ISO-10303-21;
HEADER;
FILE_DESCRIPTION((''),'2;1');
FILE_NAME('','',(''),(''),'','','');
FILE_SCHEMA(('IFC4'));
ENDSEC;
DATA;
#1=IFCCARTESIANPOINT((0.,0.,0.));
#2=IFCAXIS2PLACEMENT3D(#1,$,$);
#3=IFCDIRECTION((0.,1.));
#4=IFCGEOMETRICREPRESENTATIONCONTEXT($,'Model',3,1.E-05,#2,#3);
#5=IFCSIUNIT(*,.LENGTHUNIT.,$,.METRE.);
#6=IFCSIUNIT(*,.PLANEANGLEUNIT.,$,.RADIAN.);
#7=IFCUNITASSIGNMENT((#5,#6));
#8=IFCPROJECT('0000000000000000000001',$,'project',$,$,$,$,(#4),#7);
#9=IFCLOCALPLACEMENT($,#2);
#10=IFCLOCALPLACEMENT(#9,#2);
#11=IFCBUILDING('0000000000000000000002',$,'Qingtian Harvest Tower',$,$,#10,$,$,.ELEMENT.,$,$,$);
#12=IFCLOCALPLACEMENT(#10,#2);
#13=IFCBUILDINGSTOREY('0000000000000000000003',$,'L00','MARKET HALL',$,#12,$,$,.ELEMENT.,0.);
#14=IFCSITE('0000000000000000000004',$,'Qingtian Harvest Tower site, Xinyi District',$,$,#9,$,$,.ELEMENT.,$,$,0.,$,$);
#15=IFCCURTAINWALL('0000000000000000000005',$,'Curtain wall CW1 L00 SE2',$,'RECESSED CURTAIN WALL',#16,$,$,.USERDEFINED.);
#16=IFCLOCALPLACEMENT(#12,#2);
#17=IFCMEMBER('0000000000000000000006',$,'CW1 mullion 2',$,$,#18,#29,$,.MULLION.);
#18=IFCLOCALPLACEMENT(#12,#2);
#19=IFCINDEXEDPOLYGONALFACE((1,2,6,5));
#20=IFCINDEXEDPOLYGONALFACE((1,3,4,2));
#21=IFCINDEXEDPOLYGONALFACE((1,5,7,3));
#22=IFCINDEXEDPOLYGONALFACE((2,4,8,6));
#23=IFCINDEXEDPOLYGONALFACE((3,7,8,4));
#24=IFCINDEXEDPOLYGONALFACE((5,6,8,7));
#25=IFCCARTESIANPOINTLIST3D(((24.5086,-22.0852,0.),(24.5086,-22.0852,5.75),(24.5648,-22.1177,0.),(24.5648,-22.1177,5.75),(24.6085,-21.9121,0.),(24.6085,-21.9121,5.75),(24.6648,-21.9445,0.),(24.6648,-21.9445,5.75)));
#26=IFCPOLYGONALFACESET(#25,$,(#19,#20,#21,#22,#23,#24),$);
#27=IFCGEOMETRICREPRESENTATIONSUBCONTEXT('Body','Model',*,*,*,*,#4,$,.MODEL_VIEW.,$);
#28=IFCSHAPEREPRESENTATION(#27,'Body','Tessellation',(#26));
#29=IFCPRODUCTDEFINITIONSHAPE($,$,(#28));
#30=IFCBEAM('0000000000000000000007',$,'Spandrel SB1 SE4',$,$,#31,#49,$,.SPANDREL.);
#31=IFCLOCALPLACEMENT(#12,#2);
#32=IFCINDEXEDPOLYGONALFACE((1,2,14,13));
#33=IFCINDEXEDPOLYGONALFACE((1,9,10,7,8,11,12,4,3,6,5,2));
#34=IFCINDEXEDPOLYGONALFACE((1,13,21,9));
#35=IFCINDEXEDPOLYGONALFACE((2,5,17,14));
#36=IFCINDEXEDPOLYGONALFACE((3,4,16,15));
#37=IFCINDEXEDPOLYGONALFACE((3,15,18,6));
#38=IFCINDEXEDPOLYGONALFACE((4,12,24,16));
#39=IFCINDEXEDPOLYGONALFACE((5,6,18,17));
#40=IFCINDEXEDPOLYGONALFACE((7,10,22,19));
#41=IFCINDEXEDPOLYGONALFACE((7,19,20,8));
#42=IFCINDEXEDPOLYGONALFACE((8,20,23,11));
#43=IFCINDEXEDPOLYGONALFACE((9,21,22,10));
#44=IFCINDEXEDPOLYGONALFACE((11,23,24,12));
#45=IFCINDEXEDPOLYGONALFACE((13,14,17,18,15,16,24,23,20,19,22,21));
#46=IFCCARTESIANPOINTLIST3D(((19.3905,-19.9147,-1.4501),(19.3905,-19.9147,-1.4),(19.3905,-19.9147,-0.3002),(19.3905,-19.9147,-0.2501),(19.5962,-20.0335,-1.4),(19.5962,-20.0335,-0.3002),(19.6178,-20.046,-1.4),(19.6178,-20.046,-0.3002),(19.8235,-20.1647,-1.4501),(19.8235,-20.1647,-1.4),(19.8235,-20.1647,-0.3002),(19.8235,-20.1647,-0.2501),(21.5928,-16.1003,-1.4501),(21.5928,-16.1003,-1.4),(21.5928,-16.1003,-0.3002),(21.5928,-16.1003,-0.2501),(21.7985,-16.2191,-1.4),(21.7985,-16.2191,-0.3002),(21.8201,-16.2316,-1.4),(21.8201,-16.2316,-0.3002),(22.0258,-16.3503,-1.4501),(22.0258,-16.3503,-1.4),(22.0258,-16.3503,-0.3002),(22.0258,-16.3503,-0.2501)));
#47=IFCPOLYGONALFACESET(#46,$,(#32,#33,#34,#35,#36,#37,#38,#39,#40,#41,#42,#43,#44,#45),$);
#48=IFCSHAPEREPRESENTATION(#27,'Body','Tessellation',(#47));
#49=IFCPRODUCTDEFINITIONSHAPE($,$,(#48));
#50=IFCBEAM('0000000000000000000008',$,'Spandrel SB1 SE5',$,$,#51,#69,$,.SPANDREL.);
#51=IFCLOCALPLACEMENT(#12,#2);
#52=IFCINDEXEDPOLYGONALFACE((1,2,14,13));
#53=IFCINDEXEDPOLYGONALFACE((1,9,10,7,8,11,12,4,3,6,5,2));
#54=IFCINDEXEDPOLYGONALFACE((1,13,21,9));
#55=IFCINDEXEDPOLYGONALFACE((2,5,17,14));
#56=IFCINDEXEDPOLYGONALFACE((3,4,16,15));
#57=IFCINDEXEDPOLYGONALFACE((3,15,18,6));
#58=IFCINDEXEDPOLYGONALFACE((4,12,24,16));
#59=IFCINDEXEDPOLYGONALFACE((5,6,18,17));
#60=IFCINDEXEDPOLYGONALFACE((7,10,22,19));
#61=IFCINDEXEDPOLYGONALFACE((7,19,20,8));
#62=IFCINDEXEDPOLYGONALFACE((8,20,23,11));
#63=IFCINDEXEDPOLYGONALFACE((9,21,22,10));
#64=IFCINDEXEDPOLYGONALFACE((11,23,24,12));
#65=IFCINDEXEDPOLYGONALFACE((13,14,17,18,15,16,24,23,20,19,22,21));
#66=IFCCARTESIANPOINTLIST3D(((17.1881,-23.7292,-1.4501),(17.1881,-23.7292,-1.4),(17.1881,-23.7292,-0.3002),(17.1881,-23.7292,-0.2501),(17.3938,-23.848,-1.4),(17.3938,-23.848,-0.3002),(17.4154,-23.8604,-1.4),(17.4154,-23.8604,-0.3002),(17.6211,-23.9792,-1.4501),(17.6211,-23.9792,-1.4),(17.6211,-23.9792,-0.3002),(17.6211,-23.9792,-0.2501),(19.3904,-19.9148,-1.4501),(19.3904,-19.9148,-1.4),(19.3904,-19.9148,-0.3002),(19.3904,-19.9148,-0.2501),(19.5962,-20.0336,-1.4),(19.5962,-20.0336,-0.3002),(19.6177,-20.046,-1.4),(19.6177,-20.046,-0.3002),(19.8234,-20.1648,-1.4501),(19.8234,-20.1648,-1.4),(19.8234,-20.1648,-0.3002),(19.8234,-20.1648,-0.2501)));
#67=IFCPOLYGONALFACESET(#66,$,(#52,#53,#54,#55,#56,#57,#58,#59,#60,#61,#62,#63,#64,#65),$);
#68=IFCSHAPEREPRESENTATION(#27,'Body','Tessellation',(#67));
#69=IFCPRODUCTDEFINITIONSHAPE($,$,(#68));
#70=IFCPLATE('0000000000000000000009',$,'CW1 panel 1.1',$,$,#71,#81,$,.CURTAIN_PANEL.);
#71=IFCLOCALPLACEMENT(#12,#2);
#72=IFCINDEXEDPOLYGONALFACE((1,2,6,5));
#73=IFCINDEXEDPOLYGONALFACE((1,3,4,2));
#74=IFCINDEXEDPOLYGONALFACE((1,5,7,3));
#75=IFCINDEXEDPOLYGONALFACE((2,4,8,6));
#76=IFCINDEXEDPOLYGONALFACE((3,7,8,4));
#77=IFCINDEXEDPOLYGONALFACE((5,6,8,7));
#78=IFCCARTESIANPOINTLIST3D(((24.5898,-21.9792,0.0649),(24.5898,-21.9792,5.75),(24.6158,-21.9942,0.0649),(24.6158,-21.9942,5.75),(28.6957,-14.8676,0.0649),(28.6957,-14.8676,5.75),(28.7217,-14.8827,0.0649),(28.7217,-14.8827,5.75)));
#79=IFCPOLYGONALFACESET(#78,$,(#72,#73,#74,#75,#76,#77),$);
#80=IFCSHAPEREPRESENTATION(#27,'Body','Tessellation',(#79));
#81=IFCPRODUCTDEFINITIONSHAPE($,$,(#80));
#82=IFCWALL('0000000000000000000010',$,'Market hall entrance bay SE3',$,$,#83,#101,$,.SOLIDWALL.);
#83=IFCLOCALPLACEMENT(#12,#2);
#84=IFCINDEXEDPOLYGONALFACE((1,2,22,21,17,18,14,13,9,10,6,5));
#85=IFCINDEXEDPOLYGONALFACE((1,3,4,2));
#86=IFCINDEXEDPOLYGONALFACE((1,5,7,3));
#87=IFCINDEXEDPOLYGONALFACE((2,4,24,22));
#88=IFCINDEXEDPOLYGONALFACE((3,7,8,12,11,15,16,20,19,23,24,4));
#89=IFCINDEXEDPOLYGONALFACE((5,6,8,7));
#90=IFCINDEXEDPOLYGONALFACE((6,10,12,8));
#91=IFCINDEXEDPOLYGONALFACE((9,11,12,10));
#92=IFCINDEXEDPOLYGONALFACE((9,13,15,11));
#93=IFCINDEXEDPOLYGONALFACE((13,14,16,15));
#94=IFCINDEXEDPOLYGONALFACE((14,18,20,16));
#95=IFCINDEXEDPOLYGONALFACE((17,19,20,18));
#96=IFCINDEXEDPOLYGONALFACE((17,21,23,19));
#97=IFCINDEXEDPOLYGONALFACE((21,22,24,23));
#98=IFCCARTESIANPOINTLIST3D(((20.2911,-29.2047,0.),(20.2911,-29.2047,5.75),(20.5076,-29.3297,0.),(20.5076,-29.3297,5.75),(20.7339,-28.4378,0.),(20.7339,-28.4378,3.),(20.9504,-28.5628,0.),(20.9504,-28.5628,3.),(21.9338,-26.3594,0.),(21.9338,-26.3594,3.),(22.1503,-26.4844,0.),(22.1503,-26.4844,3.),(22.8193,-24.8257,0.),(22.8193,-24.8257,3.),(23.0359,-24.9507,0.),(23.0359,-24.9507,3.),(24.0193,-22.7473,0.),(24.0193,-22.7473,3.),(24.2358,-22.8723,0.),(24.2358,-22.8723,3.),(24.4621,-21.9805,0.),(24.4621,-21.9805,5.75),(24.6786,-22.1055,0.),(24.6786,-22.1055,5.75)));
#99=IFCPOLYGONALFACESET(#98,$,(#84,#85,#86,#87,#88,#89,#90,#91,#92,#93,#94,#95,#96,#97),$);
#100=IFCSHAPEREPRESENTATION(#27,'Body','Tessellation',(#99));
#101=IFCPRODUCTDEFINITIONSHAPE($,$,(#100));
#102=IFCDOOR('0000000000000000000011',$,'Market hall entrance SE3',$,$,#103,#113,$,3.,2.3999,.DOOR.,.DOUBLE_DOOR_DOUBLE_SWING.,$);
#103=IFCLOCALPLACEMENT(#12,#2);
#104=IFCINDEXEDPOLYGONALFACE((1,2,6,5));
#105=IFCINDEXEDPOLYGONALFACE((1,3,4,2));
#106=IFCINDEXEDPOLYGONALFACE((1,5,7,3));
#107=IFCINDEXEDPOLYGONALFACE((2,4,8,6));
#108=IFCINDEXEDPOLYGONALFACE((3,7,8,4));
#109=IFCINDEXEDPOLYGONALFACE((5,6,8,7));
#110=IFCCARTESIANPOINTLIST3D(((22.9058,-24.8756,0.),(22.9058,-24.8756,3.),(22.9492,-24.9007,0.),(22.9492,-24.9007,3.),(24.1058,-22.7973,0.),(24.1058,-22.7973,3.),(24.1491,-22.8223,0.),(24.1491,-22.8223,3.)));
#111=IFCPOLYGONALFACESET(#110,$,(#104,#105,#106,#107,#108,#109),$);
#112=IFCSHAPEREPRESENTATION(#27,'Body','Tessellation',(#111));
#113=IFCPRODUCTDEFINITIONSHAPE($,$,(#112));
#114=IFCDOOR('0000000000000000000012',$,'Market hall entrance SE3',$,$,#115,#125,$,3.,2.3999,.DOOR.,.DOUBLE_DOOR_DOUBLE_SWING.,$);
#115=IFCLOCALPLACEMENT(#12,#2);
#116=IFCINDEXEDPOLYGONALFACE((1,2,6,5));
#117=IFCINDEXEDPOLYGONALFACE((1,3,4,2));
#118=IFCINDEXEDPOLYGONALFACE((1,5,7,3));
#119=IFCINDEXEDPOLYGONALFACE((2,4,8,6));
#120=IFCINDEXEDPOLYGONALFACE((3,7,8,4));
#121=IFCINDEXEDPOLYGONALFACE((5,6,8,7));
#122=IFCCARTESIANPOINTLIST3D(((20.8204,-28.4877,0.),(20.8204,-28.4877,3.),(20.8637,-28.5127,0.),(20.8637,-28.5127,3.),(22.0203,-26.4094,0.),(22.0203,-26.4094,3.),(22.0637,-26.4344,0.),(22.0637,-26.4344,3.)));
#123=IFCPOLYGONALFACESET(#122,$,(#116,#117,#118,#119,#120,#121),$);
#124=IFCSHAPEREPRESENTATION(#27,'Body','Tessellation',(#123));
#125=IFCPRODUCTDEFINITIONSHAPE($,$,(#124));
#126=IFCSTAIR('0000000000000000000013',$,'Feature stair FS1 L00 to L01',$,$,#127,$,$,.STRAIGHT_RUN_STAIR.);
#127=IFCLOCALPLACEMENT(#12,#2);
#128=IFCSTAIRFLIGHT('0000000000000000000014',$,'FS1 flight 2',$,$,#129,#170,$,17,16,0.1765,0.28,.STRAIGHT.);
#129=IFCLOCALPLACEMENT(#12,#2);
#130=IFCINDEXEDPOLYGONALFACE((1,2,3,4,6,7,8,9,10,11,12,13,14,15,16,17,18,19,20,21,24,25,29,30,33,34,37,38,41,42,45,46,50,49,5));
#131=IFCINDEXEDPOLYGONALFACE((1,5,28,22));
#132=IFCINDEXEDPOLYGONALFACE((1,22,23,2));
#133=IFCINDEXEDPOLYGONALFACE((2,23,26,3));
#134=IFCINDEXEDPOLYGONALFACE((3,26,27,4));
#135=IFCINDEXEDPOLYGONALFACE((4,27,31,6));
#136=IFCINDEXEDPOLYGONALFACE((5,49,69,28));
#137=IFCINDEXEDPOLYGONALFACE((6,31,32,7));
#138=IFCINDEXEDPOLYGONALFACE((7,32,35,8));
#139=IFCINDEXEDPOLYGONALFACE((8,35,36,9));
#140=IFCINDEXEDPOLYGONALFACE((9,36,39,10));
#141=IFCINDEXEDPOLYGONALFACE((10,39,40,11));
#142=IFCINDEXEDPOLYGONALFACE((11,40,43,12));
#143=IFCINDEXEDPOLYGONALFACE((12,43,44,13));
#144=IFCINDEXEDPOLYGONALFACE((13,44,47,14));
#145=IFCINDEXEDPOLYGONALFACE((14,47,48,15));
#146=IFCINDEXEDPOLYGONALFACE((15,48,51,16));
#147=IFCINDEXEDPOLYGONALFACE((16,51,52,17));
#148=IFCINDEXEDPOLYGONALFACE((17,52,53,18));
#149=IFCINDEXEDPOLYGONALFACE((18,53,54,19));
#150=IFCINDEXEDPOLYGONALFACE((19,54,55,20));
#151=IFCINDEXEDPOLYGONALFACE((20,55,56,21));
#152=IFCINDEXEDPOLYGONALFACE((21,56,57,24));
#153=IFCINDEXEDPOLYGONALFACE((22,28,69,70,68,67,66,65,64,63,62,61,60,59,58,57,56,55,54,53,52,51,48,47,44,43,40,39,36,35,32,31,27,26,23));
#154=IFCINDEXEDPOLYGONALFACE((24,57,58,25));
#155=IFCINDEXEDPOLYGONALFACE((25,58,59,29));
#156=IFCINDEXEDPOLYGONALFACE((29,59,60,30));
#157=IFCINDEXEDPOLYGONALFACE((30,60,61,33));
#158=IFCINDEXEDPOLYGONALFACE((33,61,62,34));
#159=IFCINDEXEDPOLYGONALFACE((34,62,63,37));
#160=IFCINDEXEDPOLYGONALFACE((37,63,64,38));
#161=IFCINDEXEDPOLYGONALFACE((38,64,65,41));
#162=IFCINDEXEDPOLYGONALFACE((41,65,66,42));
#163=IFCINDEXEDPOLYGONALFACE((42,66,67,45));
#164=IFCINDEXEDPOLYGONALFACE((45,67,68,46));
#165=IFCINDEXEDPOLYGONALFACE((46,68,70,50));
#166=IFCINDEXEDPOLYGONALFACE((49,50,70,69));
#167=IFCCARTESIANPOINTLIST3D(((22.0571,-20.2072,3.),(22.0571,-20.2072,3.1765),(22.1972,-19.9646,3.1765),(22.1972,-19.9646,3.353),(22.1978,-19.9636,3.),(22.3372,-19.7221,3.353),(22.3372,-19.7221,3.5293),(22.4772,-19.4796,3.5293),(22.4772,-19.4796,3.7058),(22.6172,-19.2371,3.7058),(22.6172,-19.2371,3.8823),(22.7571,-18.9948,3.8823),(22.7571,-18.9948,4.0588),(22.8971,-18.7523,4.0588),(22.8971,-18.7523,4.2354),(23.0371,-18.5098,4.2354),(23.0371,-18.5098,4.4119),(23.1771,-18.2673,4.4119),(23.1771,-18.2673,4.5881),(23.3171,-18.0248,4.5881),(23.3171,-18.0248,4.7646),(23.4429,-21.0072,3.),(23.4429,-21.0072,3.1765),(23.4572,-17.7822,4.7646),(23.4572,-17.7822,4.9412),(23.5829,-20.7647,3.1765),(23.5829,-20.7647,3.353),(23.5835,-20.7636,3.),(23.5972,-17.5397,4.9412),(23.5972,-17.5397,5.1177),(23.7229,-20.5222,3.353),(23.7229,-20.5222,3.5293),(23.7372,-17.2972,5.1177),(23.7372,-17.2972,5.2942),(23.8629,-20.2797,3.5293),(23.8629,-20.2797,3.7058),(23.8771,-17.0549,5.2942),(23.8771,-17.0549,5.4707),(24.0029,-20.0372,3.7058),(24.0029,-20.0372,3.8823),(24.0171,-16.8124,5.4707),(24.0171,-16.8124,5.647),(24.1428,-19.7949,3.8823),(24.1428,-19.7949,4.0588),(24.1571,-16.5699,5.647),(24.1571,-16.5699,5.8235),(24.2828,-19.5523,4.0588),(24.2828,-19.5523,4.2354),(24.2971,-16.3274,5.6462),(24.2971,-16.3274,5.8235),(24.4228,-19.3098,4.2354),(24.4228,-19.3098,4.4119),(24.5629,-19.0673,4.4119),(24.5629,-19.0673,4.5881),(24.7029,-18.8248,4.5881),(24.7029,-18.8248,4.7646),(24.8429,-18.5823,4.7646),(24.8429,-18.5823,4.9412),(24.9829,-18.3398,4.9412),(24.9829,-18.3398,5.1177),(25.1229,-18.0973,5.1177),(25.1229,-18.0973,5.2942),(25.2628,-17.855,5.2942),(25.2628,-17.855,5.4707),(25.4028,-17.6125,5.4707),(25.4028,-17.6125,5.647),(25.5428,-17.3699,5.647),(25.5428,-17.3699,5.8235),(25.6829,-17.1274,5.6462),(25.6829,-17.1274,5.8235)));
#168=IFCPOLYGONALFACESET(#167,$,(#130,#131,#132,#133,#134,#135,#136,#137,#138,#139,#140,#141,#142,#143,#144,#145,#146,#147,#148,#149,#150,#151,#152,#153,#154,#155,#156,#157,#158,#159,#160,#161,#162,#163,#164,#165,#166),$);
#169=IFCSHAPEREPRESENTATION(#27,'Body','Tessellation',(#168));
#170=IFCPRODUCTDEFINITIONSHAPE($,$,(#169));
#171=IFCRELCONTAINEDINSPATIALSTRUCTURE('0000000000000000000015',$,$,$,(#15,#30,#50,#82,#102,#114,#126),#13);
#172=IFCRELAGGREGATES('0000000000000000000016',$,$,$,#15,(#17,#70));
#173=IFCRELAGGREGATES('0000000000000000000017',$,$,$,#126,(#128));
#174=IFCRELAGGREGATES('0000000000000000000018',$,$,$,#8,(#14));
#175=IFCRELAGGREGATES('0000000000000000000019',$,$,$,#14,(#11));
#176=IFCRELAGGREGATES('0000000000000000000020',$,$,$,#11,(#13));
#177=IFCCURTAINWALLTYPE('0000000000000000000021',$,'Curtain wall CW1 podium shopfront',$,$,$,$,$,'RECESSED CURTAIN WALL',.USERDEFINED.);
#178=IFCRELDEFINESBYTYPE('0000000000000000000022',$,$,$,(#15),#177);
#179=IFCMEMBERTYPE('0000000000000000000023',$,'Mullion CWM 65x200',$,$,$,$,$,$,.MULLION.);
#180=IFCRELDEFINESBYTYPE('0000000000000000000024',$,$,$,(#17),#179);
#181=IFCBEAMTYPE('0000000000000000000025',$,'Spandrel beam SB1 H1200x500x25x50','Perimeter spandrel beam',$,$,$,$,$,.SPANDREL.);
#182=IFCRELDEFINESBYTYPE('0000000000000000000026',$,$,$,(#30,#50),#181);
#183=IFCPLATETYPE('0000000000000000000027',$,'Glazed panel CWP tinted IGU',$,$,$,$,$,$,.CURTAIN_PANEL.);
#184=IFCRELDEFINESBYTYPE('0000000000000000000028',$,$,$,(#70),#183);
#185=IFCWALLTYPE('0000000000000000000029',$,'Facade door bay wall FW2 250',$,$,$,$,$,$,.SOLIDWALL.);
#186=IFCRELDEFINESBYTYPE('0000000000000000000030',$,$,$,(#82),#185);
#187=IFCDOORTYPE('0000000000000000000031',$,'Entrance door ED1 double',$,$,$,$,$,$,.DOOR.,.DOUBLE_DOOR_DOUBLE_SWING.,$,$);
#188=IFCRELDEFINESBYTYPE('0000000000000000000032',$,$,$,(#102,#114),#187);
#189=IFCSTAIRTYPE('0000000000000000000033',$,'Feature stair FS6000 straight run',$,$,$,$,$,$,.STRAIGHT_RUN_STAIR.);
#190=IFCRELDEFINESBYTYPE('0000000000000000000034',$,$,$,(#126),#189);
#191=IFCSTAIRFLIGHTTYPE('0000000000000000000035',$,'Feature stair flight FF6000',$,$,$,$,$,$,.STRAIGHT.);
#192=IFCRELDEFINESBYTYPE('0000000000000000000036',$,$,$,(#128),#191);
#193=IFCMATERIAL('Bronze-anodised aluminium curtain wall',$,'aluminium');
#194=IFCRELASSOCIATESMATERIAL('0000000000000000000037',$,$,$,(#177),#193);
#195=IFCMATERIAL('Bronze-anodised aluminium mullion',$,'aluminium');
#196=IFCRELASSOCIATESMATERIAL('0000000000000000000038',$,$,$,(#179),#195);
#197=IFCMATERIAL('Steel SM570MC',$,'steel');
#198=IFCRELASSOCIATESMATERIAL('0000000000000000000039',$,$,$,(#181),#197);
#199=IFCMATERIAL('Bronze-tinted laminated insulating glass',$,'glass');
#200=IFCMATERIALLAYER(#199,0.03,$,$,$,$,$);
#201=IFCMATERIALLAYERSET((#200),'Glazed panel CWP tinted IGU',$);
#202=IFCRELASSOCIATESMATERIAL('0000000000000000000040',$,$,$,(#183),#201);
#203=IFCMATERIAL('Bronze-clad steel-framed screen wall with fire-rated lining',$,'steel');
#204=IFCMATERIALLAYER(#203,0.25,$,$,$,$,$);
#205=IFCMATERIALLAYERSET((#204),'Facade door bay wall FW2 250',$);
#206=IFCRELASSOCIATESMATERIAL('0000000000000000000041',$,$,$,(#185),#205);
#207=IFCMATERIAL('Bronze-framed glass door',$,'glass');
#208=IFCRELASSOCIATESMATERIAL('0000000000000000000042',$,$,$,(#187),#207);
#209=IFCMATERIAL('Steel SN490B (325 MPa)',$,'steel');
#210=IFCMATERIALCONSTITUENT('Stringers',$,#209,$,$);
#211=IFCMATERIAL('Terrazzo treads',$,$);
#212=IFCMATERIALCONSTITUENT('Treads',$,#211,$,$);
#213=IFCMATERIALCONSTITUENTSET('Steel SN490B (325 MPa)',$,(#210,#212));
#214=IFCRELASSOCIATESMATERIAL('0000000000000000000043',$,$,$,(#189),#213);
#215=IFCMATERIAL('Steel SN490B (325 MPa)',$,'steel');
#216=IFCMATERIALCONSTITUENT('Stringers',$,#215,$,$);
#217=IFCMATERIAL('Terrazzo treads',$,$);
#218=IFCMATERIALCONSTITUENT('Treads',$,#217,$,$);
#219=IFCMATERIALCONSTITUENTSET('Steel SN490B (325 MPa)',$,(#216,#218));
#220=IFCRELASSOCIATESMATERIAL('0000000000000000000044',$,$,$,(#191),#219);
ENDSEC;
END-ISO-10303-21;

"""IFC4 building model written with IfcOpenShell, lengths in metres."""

from ifc_helpers import new_model, si_unit, direction, frame, frame_2d, origin, origin_2d, place, context, subcontext, project, spatial, polyline, rectangle, i_section, outline, extrude, material, layer, layer_set, constituent, constituent_set, material_profile, profile_set, type_object, element, fill, aggregate, save


model = new_model("IFC4")

# Units and contexts
model_context = context("Model", 3, precision=1e-05, world=origin(), true_north=direction((0.0, 1.0)))
body_context = subcontext(model_context, "Body", "Model", "MODEL_VIEW")
ifc_project = project(units=[si_unit("LENGTHUNIT", "METRE"), si_unit("PLANEANGLEUNIT", "RADIAN")], contexts=[model_context])

# Site, building, storey
site_placement = place(None, origin())
site = spatial("IfcSite", under=ifc_project, at=site_placement, Name="Qingtian Harvest Tower site, Xinyi District", CompositionType="ELEMENT", RefElevation=0.0)
building_placement = place(site_placement, origin())
building = spatial("IfcBuilding", under=site, at=building_placement, Name="Qingtian Harvest Tower", CompositionType="ELEMENT")
storey_placement = place(building_placement, origin())
storey = spatial("IfcBuildingStorey", under=building, at=storey_placement, Name="L00", Description="MARKET HALL", CompositionType="ELEMENT", Elevation=0.0)

# Curtain wall, member
ifc_material_1 = material(Name="Bronze-anodised aluminium curtain wall", Category="aluminium")
curtain_wall_type = type_object("IfcCurtainWallType", Name="Curtain wall CW1 podium shopfront", ElementType="RECESSED CURTAIN WALL", PredefinedType="USERDEFINED", material=ifc_material_1)
curtain_wall_placement = place(storey_placement, origin())
curtain_wall = element("IfcCurtainWall", 1, at=curtain_wall_placement, inside=storey, type_object=curtain_wall_type, Name="Curtain wall CW1 L00 SE2", ObjectType="RECESSED CURTAIN WALL", PredefinedType="USERDEFINED")
ifc_material_2 = material(Name="Bronze-anodised aluminium mullion", Category="aluminium")
ifc_material_profile_1 = material_profile(ifc_material_2, rectangle(XDim=0.0649, YDim=0.2, at=origin_2d()), Name="AL 65x200")
ifc_profile_set_1 = profile_set([ifc_material_profile_1], Name="Bronze-anodised aluminium mullion")
member_type_1 = type_object("IfcMemberType", Name="Mullion CWM 65x200", PredefinedType="MULLION", material=ifc_profile_set_1)
member_placement = place(storey_placement, frame((24.5867, -22.0149, 0.0), z_axis=(0.0, 0.0, 1.0), x_axis=(0.866025, -0.5, 0.0)))
member = element("IfcMember", 2, at=member_placement, type_object=member_type_1, Name="CW1 mullion 2", PredefinedType="MULLION", context=body_context, shape_type="SweptSolid", body=[
    extrude(rectangle(XDim=0.0649, YDim=0.2, at=origin_2d()), origin(), (0.0, 0.0, 1.0), 5.75),
])

# Beams
ifc_material_3 = material(Name="Steel SM570MC", Category="steel")
ifc_material_profile_2 = material_profile(ifc_material_3, i_section(OverallWidth=0.5, OverallDepth=1.2, WebThickness=0.0249, FlangeThickness=0.05, at=origin_2d()), Name="H1200x500x25x50")
ifc_profile_set_2 = profile_set([ifc_material_profile_2], Name="Steel SM570MC")
beam_type_1 = type_object("IfcBeamType", Name="Spandrel beam SB1 H1200x500x25x50", Description="Perimeter spandrel beam", PredefinedType="SPANDREL", material=ifc_profile_set_2)
for number, where, z_axis, x_axis, name in (
    (3, (21.8093, -16.2253, -0.8501), (-0.50002, -0.866014, 0.0), (0.866014, -0.50002, 0.0), "Spandrel SB1 SE4"),
    (4, (19.6069, -20.0398, -0.8501), (-0.50002, -0.866014, 0.0), (0.866014, -0.50002, 0.0), "Spandrel SB1 SE5"),
):
    element("IfcBeam", number, at=place(storey_placement, frame(where, z_axis=z_axis, x_axis=x_axis)), inside=storey, type_object=beam_type_1, Name=name, PredefinedType="SPANDREL", context=body_context, shape_type="SweptSolid", body=[
        extrude(i_section(OverallWidth=0.5, OverallDepth=1.2, WebThickness=0.0249, FlangeThickness=0.05, at=origin_2d()), origin(), (0.0, 0.0, 1.0), 4.4045),
    ])

# Plate
ifc_material_4 = material(Name="Bronze-tinted laminated insulating glass", Category="glass")
ifc_layer_1 = layer(ifc_material_4, 0.03)
ifc_layer_set_1 = layer_set([ifc_layer_1], Name="Glazed panel CWP tinted IGU")
plate_type = type_object("IfcPlateType", Name="Glazed panel CWP tinted IGU", PredefinedType="CURTAIN_PANEL", material=ifc_layer_set_1)
plate_placement = place(storey_placement, frame((26.6558, -18.4309, 0.0649), z_axis=(0.0, 0.0, 1.0), x_axis=(-0.5, -0.866025, 0.0)))
plate = element("IfcPlate", 5, at=plate_placement, type_object=plate_type, Name="CW1 panel 1.1", PredefinedType="CURTAIN_PANEL", context=body_context, shape_type="SweptSolid", body=[
    extrude(rectangle(XDim=8.2117, YDim=0.03, at=origin_2d()), origin(), (0.0, 0.0, 1.0), 5.6851),
])
aggregate(curtain_wall, [member, plate])

# Wall, openings, doors
ifc_material_5 = material(Name="Bronze-clad steel-framed screen wall with fire-rated lining", Category="steel")
ifc_layer_2 = layer(ifc_material_5, 0.25)
ifc_layer_set_2 = layer_set([ifc_layer_2], Name="Facade door bay wall FW2 250")
wall_type = type_object("IfcWallType", Name="Facade door bay wall FW2 250", PredefinedType="SOLIDWALL", material=ifc_layer_set_2)
wall_placement = place(storey_placement, frame((24.5703, -22.043, 0.0), z_axis=(0.0, 0.0, 1.0), x_axis=(-0.500005, -0.866023, 0.0)))
wall = element("IfcWall", 6, at=wall_placement, inside=storey, type_object=wall_type, Name="Market hall entrance bay SE3", PredefinedType="SOLIDWALL", context=body_context, shape_type="SweptSolid", body=[
    extrude(rectangle(XDim=8.3418, YDim=0.25, at=frame_2d((4.1709, 0.0))), origin(), (0.0, 0.0, 1.0), 5.75),
])
opening_1_placement = place(wall_placement, frame((0.8855, 0.0, 0.0)))
opening_1 = element("IfcOpeningElement", 7, at=opening_1_placement, cuts=wall, PredefinedType="OPENING", context=body_context, shape_type="SweptSolid", body=[
    extrude(rectangle(XDim=2.3999, YDim=3.0, at=frame_2d((1.2, 1.5))), frame((0.0, 0.135, 0.0), z_axis=(0.0, -1.0, 0.0), x_axis=(1.0, 0.0, 0.0)), (0.0, 0.0, 1.0), 0.27),
])
opening_2_placement = place(wall_placement, frame((5.0564, 0.0, 0.0)))
opening_2 = element("IfcOpeningElement", 8, at=opening_2_placement, cuts=wall, PredefinedType="OPENING", context=body_context, shape_type="SweptSolid", body=[
    extrude(rectangle(XDim=2.3999, YDim=3.0, at=frame_2d((1.2, 1.5))), frame((0.0, 0.135, 0.0), z_axis=(0.0, -1.0, 0.0), x_axis=(1.0, 0.0, 0.0)), (0.0, 0.0, 1.0), 0.27),
])
ifc_material_6 = material(Name="Bronze-framed glass door", Category="glass")
door_type = type_object("IfcDoorType", Name="Entrance door ED1 double", OperationType="DOUBLE_DOOR_DOUBLE_SWING", PredefinedType="DOOR", material=ifc_material_6)
door_1_placement = place(opening_1_placement, origin())
door_1 = element("IfcDoor", 9, at=door_1_placement, inside=storey, type_object=door_type, Name="Market hall entrance SE3", OperationType="DOUBLE_DOOR_DOUBLE_SWING", OverallHeight=3.0, OverallWidth=2.3999, PredefinedType="DOOR", context=body_context, shape_type="SweptSolid", body=[
    extrude(rectangle(XDim=2.3999, YDim=3.0, at=frame_2d((1.2, 1.5))), frame((0.0, 0.0249, 0.0), z_axis=(0.0, -1.0, 0.0), x_axis=(1.0, 0.0, 0.0)), (0.0, 0.0, 1.0), 0.05),
])
fill(opening_1, door_1)
door_2_placement = place(opening_2_placement, origin())
door_2 = element("IfcDoor", 10, at=door_2_placement, inside=storey, type_object=door_type, Name="Market hall entrance SE3", OperationType="DOUBLE_DOOR_DOUBLE_SWING", OverallHeight=3.0, OverallWidth=2.3999, PredefinedType="DOOR", context=body_context, shape_type="SweptSolid", body=[
    extrude(rectangle(XDim=2.3999, YDim=3.0, at=frame_2d((1.2, 1.5))), frame((0.0, 0.0249, 0.0), z_axis=(0.0, -1.0, 0.0), x_axis=(1.0, 0.0, 0.0)), (0.0, 0.0, 1.0), 0.05),
])
fill(opening_2, door_2)

# Stair, stair flight
ifc_material_7 = material(Name="Steel SN490B (325 MPa)", Category="steel")
ifc_constituent_1 = constituent(ifc_material_7, Name="Stringers")
ifc_material_8 = material(Name="Terrazzo treads")
ifc_constituent_2 = constituent(ifc_material_8, Name="Treads")
ifc_constituent_set_1 = constituent_set(constituents=[ifc_constituent_1, ifc_constituent_2], Name="Steel SN490B (325 MPa)")
stair_type = type_object("IfcStairType", Name="Feature stair FS6000 straight run", PredefinedType="STRAIGHT_RUN_STAIR", material=ifc_constituent_set_1)
stair_placement = place(storey_placement, origin())
stair = element("IfcStair", 11, at=stair_placement, inside=storey, type_object=stair_type, Name="Feature stair FS1 L00 to L01", PredefinedType="STRAIGHT_RUN_STAIR")
ifc_material_9 = material(Name="Steel SN490B (325 MPa)", Category="steel")
ifc_constituent_3 = constituent(ifc_material_9, Name="Stringers")
ifc_material_10 = material(Name="Terrazzo treads")
ifc_constituent_4 = constituent(ifc_material_10, Name="Treads")
ifc_constituent_set_2 = constituent_set(constituents=[ifc_constituent_3, ifc_constituent_4], Name="Steel SN490B (325 MPa)")
stair_flight_type = type_object("IfcStairFlightType", Name="Feature stair flight FF6000", PredefinedType="STRAIGHT", material=ifc_constituent_set_2)
stair_flight_placement = place(storey_placement, frame((22.75, -20.6072, 3.0), z_axis=(0.0, 0.0, 1.0), x_axis=(0.5, 0.866025, 0.0)))
stair_flight = element("IfcStairFlight", 12, at=stair_flight_placement, type_object=stair_flight_type, Name="FS1 flight 2", NumberOfRisers=17, NumberOfTreads=16, PredefinedType="STRAIGHT", RiserHeight=0.1765, TreadLength=0.28, context=body_context, shape_type="SweptSolid", body=[
    extrude(outline(polyline([(0.0, 0.0), (0.0, 0.1765), (0.28, 0.1765), (0.28, 0.353), (0.5601, 0.353), (0.5601, 0.5293), (0.8401, 0.5293), (0.8401, 0.7058), (1.1201, 0.7058), (1.1201, 0.8823), (1.3999, 0.8823), (1.3999, 1.0588), (1.6799, 1.0588), (1.6799, 1.2354), (1.96, 1.2354), (1.96, 1.4119), (2.24, 1.4119), (2.24, 1.5881), (2.52, 1.5881), (2.52, 1.7646), (2.8, 1.7646), (2.8, 1.9412), (3.0801, 1.9412), (3.0801, 2.1177), (3.3601, 2.1177), (3.3601, 2.2942), (3.6399, 2.2942), (3.6399, 2.4707), (3.9199, 2.4707), (3.9199, 2.647), (4.2, 2.647), (4.2, 2.8235), (4.48, 2.8235), (4.48, 3.0), (4.48, 2.6462), (0.2812, 0.0), (0.0, 0.0)])), frame((0.0, 0.8, 0.0), z_axis=(0.0, -1.0, 0.0), x_axis=(1.0, 0.0, 0.0)), (0.0, 0.0, 1.0), 1.6001),
])
aggregate(stair, [stair_flight])

save(model, "model.ifc")
